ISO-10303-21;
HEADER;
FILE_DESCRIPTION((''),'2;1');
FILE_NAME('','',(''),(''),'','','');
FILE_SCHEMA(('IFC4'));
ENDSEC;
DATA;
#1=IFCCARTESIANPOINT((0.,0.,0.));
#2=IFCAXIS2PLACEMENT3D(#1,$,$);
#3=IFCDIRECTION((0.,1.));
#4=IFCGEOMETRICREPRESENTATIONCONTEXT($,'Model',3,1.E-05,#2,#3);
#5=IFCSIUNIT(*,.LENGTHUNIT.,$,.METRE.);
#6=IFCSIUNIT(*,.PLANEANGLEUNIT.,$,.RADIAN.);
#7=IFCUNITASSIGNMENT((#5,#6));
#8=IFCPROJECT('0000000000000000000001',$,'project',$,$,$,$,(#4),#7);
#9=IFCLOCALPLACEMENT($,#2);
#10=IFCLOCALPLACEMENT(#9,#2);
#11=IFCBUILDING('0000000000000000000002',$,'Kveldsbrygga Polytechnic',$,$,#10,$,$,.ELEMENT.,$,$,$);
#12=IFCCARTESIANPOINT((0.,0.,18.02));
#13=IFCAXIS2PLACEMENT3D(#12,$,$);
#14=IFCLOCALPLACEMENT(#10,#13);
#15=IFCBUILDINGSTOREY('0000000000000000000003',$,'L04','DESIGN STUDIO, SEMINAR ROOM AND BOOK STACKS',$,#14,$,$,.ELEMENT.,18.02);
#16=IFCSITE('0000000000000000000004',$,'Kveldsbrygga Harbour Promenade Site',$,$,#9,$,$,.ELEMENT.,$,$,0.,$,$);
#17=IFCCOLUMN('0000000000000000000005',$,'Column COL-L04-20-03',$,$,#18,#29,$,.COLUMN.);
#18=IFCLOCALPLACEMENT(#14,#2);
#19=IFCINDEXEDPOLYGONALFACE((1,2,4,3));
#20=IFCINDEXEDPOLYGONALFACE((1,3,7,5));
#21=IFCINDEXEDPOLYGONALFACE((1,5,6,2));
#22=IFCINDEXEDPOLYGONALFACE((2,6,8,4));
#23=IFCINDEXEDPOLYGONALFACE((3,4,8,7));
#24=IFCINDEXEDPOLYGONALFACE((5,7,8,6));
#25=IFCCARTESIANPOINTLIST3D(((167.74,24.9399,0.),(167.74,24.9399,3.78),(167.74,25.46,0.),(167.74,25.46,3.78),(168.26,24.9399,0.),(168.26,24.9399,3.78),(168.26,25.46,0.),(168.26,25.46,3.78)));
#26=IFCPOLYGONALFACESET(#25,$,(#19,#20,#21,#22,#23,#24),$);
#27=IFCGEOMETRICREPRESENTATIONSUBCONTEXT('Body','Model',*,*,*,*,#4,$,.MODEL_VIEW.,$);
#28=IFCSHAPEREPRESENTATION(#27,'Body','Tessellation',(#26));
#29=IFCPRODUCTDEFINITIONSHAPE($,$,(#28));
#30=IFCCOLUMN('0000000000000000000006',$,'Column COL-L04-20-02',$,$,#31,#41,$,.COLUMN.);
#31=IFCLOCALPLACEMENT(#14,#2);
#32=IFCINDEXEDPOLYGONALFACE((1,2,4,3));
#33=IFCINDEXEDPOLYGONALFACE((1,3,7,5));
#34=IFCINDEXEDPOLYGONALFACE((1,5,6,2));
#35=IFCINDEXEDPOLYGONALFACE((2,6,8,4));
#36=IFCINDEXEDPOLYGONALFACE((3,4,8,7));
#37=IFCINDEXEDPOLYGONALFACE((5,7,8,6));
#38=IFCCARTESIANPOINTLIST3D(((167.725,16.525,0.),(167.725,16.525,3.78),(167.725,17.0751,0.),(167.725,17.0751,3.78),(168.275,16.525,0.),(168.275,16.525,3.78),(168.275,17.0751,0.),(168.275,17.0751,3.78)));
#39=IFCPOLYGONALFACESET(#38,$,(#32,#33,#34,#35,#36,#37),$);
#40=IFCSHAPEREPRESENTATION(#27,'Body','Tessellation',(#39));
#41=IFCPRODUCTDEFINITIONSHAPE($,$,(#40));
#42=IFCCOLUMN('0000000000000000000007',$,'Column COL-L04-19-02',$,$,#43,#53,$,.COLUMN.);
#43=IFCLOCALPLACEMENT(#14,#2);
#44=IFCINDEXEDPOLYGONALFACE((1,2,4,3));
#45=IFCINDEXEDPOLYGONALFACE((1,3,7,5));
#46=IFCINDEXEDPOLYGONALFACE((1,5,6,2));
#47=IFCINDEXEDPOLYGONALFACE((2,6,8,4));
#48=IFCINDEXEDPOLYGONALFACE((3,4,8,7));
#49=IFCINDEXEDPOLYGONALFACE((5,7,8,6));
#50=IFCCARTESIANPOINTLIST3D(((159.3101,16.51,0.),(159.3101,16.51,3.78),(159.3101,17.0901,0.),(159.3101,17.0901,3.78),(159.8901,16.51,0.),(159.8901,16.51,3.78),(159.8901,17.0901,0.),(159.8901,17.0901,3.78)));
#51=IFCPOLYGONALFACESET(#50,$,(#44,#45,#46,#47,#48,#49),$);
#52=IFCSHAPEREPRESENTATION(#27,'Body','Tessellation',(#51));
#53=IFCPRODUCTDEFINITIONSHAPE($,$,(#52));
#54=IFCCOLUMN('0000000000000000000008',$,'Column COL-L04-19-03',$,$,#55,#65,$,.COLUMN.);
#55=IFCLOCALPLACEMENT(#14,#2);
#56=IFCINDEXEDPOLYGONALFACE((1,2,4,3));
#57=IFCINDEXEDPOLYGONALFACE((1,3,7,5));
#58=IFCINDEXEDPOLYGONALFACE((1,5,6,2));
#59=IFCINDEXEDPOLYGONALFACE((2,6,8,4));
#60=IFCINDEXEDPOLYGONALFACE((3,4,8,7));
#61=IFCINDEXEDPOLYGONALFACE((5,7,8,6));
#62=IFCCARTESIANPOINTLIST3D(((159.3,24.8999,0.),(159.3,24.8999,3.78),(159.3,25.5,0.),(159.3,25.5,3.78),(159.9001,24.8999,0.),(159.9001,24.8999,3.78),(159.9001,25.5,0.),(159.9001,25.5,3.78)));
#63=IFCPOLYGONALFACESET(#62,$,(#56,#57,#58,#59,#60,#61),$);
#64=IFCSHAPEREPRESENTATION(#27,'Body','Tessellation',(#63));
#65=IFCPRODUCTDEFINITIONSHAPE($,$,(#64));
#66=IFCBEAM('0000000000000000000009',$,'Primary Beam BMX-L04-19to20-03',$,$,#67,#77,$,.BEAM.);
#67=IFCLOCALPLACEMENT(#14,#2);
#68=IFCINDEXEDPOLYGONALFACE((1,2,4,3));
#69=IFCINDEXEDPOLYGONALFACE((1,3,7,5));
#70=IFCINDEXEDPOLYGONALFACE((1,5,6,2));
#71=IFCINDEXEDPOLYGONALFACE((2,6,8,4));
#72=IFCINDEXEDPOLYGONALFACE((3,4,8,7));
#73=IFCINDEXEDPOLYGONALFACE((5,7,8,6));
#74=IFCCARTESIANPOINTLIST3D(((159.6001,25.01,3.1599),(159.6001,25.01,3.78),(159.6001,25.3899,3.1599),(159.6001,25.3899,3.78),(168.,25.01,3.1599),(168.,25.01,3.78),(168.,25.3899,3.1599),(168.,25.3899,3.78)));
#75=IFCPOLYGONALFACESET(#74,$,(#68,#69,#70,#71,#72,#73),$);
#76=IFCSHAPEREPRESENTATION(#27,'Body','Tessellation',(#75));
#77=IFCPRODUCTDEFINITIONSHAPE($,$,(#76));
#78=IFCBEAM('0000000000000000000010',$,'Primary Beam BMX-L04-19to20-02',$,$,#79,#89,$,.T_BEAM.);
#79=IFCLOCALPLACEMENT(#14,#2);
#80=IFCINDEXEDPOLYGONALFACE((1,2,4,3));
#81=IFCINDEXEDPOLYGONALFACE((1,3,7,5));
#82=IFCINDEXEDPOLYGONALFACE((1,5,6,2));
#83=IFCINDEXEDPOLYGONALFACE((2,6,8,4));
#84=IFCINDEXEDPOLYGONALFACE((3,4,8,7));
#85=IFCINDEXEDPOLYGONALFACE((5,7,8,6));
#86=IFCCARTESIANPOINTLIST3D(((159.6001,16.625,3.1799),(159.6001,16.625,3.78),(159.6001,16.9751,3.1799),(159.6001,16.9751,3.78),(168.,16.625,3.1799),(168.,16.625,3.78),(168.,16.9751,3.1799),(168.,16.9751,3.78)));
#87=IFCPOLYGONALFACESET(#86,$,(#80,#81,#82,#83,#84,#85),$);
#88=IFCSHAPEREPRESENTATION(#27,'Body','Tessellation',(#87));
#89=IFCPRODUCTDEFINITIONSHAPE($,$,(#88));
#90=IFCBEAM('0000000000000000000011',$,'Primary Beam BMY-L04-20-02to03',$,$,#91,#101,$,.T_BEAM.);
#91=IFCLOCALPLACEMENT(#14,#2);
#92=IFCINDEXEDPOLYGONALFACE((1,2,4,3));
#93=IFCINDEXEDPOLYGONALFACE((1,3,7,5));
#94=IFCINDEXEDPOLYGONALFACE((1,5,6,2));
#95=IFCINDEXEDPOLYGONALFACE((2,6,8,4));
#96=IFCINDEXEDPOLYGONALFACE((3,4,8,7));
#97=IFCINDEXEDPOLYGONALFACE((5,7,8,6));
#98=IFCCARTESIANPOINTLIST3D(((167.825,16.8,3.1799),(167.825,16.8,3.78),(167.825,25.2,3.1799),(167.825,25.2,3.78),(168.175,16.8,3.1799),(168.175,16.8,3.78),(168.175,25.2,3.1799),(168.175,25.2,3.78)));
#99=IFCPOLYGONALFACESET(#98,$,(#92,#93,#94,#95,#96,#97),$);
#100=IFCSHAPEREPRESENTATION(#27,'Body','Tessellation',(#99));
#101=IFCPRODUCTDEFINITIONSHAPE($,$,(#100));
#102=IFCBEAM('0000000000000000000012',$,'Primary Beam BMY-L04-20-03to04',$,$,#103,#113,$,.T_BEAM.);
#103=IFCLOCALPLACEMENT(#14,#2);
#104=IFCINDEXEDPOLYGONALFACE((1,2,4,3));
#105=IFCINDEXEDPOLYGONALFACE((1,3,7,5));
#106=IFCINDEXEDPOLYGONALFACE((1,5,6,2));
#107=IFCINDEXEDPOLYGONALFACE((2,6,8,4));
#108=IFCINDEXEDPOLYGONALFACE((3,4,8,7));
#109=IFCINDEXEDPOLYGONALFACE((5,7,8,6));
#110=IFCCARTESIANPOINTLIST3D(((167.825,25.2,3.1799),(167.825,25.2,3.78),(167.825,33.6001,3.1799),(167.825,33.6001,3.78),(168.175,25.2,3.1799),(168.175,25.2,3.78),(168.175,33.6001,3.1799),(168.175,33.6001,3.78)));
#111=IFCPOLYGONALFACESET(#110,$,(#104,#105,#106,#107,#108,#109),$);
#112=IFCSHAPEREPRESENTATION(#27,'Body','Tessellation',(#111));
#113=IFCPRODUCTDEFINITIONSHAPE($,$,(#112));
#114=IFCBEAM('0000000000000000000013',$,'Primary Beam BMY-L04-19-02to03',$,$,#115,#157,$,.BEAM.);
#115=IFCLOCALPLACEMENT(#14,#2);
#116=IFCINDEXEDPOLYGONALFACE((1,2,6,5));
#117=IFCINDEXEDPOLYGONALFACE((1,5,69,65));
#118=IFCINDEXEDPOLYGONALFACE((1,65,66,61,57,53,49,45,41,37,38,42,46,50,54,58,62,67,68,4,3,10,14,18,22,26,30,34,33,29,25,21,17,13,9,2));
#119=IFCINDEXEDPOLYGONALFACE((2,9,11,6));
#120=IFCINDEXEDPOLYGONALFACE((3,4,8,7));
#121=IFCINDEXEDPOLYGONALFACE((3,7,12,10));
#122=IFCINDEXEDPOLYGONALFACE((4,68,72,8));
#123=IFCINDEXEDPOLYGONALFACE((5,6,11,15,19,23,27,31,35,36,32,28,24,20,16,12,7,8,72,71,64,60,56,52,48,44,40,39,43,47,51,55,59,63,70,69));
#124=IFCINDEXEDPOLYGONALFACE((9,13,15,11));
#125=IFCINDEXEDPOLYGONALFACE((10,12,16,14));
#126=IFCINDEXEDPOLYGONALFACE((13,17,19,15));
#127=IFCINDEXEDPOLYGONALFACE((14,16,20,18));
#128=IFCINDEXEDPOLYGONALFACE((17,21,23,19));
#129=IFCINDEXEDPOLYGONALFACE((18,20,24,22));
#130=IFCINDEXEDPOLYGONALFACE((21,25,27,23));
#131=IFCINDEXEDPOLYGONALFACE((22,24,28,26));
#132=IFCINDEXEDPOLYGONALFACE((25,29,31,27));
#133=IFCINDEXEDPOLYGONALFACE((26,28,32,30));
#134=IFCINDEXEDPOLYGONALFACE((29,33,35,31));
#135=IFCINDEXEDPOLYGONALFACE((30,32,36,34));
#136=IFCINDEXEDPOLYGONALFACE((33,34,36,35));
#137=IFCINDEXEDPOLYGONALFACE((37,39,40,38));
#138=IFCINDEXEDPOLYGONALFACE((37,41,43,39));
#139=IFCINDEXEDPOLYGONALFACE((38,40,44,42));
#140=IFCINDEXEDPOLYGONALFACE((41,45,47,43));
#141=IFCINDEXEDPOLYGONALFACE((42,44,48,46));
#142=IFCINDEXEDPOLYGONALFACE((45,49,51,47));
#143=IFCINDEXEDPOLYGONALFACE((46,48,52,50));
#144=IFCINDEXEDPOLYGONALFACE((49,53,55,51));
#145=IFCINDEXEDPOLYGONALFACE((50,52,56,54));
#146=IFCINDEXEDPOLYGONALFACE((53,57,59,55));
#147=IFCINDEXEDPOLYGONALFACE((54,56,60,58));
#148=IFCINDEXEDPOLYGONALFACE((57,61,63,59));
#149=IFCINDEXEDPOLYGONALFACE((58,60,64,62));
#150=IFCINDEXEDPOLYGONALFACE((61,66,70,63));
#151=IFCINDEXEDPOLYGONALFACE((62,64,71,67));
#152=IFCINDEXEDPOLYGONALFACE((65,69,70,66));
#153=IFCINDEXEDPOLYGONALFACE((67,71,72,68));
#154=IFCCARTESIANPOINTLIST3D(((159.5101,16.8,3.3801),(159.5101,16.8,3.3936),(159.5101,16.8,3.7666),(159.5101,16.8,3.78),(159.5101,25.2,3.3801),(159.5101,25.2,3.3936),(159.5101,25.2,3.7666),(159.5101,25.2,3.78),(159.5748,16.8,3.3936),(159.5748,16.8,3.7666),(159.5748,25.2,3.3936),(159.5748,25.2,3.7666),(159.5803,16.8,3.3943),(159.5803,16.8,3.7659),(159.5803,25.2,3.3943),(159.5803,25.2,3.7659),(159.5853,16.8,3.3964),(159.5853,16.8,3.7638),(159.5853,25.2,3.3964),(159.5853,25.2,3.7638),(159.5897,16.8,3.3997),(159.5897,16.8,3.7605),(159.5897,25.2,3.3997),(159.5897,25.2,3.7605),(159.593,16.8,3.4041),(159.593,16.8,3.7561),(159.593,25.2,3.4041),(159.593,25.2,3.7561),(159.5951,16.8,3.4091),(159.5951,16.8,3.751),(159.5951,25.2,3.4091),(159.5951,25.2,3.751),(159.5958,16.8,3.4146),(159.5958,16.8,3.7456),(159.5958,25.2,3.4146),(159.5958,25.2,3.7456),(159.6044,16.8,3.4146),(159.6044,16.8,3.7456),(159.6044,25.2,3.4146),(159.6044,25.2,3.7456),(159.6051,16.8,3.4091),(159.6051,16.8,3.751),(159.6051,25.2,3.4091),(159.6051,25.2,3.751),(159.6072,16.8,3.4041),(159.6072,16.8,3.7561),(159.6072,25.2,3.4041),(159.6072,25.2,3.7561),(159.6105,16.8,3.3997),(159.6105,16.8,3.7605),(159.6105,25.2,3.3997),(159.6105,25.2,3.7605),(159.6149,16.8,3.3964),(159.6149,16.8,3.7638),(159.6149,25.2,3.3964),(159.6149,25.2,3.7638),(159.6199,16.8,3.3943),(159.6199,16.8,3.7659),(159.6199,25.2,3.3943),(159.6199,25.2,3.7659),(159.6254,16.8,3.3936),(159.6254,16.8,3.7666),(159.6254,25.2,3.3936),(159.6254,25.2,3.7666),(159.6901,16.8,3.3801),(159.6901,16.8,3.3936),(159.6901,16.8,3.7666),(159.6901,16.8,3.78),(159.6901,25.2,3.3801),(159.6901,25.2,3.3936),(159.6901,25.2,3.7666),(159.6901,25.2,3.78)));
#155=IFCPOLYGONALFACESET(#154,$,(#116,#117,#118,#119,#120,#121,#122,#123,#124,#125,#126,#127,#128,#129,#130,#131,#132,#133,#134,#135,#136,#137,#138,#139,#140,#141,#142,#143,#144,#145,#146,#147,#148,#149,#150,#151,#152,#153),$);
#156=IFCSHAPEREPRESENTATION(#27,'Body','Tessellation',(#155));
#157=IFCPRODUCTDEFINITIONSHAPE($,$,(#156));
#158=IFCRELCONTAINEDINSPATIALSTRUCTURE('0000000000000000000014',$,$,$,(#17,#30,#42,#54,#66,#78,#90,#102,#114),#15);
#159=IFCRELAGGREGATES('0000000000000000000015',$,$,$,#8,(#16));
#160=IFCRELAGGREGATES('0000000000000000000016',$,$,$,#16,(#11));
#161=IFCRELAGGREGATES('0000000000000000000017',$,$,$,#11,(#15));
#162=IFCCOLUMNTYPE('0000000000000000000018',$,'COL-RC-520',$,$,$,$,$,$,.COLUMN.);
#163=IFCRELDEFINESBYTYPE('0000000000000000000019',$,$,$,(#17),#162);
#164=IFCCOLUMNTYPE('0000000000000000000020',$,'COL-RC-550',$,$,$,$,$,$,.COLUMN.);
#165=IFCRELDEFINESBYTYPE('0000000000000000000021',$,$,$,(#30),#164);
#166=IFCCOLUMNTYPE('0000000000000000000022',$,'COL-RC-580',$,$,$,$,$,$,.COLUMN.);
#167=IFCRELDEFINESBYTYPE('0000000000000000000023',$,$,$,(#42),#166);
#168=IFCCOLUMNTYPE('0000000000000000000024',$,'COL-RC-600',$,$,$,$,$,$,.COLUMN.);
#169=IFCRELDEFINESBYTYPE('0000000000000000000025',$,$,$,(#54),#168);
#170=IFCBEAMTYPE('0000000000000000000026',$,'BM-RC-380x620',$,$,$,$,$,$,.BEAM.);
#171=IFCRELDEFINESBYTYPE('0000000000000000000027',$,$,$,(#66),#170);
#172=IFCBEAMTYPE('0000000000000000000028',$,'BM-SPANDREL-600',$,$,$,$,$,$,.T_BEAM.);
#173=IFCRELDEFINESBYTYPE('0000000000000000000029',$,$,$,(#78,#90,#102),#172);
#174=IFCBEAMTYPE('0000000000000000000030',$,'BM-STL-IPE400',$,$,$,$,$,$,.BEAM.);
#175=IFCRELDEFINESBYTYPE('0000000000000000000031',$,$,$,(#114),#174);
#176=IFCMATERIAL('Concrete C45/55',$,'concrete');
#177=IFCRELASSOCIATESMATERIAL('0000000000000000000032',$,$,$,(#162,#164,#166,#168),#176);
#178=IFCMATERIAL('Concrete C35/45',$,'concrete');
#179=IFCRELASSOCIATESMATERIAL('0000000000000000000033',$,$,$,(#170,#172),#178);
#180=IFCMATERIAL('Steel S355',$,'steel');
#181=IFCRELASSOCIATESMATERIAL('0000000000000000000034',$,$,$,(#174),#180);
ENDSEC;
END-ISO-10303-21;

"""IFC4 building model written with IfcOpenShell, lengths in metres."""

from ifc_helpers import new_model, si_unit, direction, frame, origin, origin_2d, place, context, subcontext, project, spatial, rectangle, i_section, extrude, material, material_profile, profile_set, type_object, element, save


model = new_model("IFC4")

# Units and contexts
model_context = context("Model", 3, precision=1e-05, world=origin(), true_north=direction((0.0, 1.0)))
body_context = subcontext(model_context, "Body", "Model", "MODEL_VIEW")
ifc_project = project(units=[si_unit("LENGTHUNIT", "METRE"), si_unit("PLANEANGLEUNIT", "RADIAN")], contexts=[model_context])

# Site, building, storey
site_placement = place(None, origin())
site = spatial("IfcSite", under=ifc_project, at=site_placement, Name="Kveldsbrygga Harbour Promenade Site", CompositionType="ELEMENT", RefElevation=0.0)
building_placement = place(site_placement, origin())
building = spatial("IfcBuilding", under=site, at=building_placement, Name="Kveldsbrygga Polytechnic", CompositionType="ELEMENT")
storey_placement = place(building_placement, frame((0.0, 0.0, 18.02)))
storey = spatial("IfcBuildingStorey", under=building, at=storey_placement, Name="L04", Description="DESIGN STUDIO, SEMINAR ROOM AND BOOK STACKS", CompositionType="ELEMENT", Elevation=18.02)

# Columns
ifc_material_1 = material(Name="Concrete C45/55", Category="concrete")
ifc_material_profile_1 = material_profile(ifc_material_1, rectangle(XDim=0.52, YDim=0.52, at=origin_2d()), Name="RC 520x520")
ifc_profile_set_1 = profile_set([ifc_material_profile_1], Name="Concrete C45/55")
column_type_1 = type_object("IfcColumnType", Name="COL-RC-520", PredefinedType="COLUMN", material=ifc_profile_set_1)
column_1_placement = place(storey_placement, frame((168.0, 25.2, 0.0), z_axis=(0.0, 0.0, 1.0), x_axis=(1.0, 0.0, 0.0)))
element("IfcColumn", 1, at=column_1_placement, inside=storey, type_object=column_type_1, Name="Column COL-L04-20-03", PredefinedType="COLUMN", context=body_context, shape_type="SweptSolid", body=[
    extrude(rectangle(XDim=0.52, YDim=0.52, at=origin_2d()), origin(), (0.0, 0.0, 1.0), 3.78),
])
ifc_material_profile_2 = material_profile(ifc_material_1, rectangle(XDim=0.55, YDim=0.55, at=origin_2d()), Name="RC 550x550")
ifc_profile_set_2 = profile_set([ifc_material_profile_2], Name="Concrete C45/55")
column_type_2 = type_object("IfcColumnType", Name="COL-RC-550", PredefinedType="COLUMN", material=ifc_profile_set_2)
column_2_placement = place(storey_placement, frame((168.0, 16.8, 0.0), z_axis=(0.0, 0.0, 1.0), x_axis=(1.0, 0.0, 0.0)))
element("IfcColumn", 2, at=column_2_placement, inside=storey, type_object=column_type_2, Name="Column COL-L04-20-02", PredefinedType="COLUMN", context=body_context, shape_type="SweptSolid", body=[
    extrude(rectangle(XDim=0.55, YDim=0.55, at=origin_2d()), origin(), (0.0, 0.0, 1.0), 3.78),
])
ifc_material_profile_3 = material_profile(ifc_material_1, rectangle(XDim=0.5801, YDim=0.5801, at=origin_2d()), Name="RC 580x580")
ifc_profile_set_3 = profile_set([ifc_material_profile_3], Name="Concrete C45/55")
column_type_3 = type_object("IfcColumnType", Name="COL-RC-580", PredefinedType="COLUMN", material=ifc_profile_set_3)
column_3_placement = place(storey_placement, frame((159.6001, 16.8, 0.0), z_axis=(0.0, 0.0, 1.0), x_axis=(1.0, 0.0, 0.0)))
element("IfcColumn", 3, at=column_3_placement, inside=storey, type_object=column_type_3, Name="Column COL-L04-19-02", PredefinedType="COLUMN", context=body_context, shape_type="SweptSolid", body=[
    extrude(rectangle(XDim=0.5801, YDim=0.5801, at=origin_2d()), origin(), (0.0, 0.0, 1.0), 3.78),
])
ifc_material_profile_4 = material_profile(ifc_material_1, rectangle(XDim=0.6001, YDim=0.6001, at=origin_2d()), Name="RC 600x600")
ifc_profile_set_4 = profile_set([ifc_material_profile_4], Name="Concrete C45/55")
column_type_4 = type_object("IfcColumnType", Name="COL-RC-600", PredefinedType="COLUMN", material=ifc_profile_set_4)
column_4_placement = place(storey_placement, frame((159.6001, 25.2, 0.0), z_axis=(0.0, 0.0, 1.0), x_axis=(1.0, 0.0, 0.0)))
element("IfcColumn", 4, at=column_4_placement, inside=storey, type_object=column_type_4, Name="Column COL-L04-19-03", PredefinedType="COLUMN", context=body_context, shape_type="SweptSolid", body=[
    extrude(rectangle(XDim=0.6001, YDim=0.6001, at=origin_2d()), origin(), (0.0, 0.0, 1.0), 3.78),
])

# Beams
ifc_material_2 = material(Name="Concrete C35/45", Category="concrete")
ifc_material_profile_5 = material_profile(ifc_material_2, rectangle(XDim=0.3799, YDim=0.6201, at=origin_2d()), Name="RC 380x620")
ifc_profile_set_5 = profile_set([ifc_material_profile_5], Name="Concrete C35/45")
beam_type_1 = type_object("IfcBeamType", Name="BM-RC-380x620", PredefinedType="BEAM", material=ifc_profile_set_5)
beam_1_placement = place(storey_placement, frame((159.6001, 25.2, 3.47), z_axis=(1.0, 0.0, 0.0), x_axis=(0.0, 1.0, 0.0)))
element("IfcBeam", 5, at=beam_1_placement, inside=storey, type_object=beam_type_1, Name="Primary Beam BMX-L04-19to20-03", PredefinedType="BEAM", context=body_context, shape_type="SweptSolid", body=[
    extrude(rectangle(XDim=0.3799, YDim=0.6201, at=origin_2d()), origin(), (0.0, 0.0, 1.0), 8.3999),
])
ifc_material_profile_6 = material_profile(ifc_material_2, rectangle(XDim=0.3501, YDim=0.6001, at=origin_2d()), Name="RC 350x600")
ifc_profile_set_6 = profile_set([ifc_material_profile_6], Name="Concrete C35/45")
beam_type_2 = type_object("IfcBeamType", Name="BM-SPANDREL-600", PredefinedType="T_BEAM", material=ifc_profile_set_6)
for number, where, z_axis, x_axis, name in (
    (6, (159.6001, 16.8, 3.48), (1.0, 0.0, 0.0), (0.0, 1.0, 0.0), "Primary Beam BMX-L04-19to20-02"),
    (7, (168.0, 16.8, 3.48), (0.0, 1.0, 0.0), (-1.0, 0.0, 0.0), "Primary Beam BMY-L04-20-02to03"),
):
    element("IfcBeam", number, at=place(storey_placement, frame(where, z_axis=z_axis, x_axis=x_axis)), inside=storey, type_object=beam_type_2, Name=name, PredefinedType="T_BEAM", context=body_context, shape_type="SweptSolid", body=[
        extrude(rectangle(XDim=0.3501, YDim=0.6001, at=origin_2d()), origin(), (0.0, 0.0, 1.0), 8.3999),
    ])
beam_2_placement = place(storey_placement, frame((168.0, 25.2, 3.48), z_axis=(0.0, 1.0, 0.0), x_axis=(-1.0, 0.0, 0.0)))
element("IfcBeam", 8, at=beam_2_placement, inside=storey, type_object=beam_type_2, Name="Primary Beam BMY-L04-20-03to04", PredefinedType="T_BEAM", context=body_context, shape_type="SweptSolid", body=[
    extrude(rectangle(XDim=0.3501, YDim=0.6001, at=origin_2d()), origin(), (0.0, 0.0, 1.0), 8.4001),
])
ifc_material_3 = material(Name="Steel S355", Category="steel")
ifc_material_profile_7 = material_profile(ifc_material_3, i_section(OverallWidth=0.1799, OverallDepth=0.3999, WebThickness=0.0085, FlangeThickness=0.0134, FilletRadius=0.021, at=origin_2d()), Name="IPE 400")
ifc_profile_set_7 = profile_set([ifc_material_profile_7], Name="Steel S355")
beam_type_3 = type_object("IfcBeamType", Name="BM-STL-IPE400", PredefinedType="BEAM", material=ifc_profile_set_7)
beam_3_placement = place(storey_placement, frame((159.6001, 16.8, 3.5801), z_axis=(0.0, 1.0, 0.0), x_axis=(-1.0, 0.0, 0.0)))
element("IfcBeam", 9, at=beam_3_placement, inside=storey, type_object=beam_type_3, Name="Primary Beam BMY-L04-19-02to03", PredefinedType="BEAM", context=body_context, shape_type="SweptSolid", body=[
    extrude(i_section(OverallWidth=0.1799, OverallDepth=0.3999, WebThickness=0.0085, FlangeThickness=0.0134, FilletRadius=0.021, at=origin_2d()), origin(), (0.0, 0.0, 1.0), 8.3999),
])

save(model, "model.ifc")
